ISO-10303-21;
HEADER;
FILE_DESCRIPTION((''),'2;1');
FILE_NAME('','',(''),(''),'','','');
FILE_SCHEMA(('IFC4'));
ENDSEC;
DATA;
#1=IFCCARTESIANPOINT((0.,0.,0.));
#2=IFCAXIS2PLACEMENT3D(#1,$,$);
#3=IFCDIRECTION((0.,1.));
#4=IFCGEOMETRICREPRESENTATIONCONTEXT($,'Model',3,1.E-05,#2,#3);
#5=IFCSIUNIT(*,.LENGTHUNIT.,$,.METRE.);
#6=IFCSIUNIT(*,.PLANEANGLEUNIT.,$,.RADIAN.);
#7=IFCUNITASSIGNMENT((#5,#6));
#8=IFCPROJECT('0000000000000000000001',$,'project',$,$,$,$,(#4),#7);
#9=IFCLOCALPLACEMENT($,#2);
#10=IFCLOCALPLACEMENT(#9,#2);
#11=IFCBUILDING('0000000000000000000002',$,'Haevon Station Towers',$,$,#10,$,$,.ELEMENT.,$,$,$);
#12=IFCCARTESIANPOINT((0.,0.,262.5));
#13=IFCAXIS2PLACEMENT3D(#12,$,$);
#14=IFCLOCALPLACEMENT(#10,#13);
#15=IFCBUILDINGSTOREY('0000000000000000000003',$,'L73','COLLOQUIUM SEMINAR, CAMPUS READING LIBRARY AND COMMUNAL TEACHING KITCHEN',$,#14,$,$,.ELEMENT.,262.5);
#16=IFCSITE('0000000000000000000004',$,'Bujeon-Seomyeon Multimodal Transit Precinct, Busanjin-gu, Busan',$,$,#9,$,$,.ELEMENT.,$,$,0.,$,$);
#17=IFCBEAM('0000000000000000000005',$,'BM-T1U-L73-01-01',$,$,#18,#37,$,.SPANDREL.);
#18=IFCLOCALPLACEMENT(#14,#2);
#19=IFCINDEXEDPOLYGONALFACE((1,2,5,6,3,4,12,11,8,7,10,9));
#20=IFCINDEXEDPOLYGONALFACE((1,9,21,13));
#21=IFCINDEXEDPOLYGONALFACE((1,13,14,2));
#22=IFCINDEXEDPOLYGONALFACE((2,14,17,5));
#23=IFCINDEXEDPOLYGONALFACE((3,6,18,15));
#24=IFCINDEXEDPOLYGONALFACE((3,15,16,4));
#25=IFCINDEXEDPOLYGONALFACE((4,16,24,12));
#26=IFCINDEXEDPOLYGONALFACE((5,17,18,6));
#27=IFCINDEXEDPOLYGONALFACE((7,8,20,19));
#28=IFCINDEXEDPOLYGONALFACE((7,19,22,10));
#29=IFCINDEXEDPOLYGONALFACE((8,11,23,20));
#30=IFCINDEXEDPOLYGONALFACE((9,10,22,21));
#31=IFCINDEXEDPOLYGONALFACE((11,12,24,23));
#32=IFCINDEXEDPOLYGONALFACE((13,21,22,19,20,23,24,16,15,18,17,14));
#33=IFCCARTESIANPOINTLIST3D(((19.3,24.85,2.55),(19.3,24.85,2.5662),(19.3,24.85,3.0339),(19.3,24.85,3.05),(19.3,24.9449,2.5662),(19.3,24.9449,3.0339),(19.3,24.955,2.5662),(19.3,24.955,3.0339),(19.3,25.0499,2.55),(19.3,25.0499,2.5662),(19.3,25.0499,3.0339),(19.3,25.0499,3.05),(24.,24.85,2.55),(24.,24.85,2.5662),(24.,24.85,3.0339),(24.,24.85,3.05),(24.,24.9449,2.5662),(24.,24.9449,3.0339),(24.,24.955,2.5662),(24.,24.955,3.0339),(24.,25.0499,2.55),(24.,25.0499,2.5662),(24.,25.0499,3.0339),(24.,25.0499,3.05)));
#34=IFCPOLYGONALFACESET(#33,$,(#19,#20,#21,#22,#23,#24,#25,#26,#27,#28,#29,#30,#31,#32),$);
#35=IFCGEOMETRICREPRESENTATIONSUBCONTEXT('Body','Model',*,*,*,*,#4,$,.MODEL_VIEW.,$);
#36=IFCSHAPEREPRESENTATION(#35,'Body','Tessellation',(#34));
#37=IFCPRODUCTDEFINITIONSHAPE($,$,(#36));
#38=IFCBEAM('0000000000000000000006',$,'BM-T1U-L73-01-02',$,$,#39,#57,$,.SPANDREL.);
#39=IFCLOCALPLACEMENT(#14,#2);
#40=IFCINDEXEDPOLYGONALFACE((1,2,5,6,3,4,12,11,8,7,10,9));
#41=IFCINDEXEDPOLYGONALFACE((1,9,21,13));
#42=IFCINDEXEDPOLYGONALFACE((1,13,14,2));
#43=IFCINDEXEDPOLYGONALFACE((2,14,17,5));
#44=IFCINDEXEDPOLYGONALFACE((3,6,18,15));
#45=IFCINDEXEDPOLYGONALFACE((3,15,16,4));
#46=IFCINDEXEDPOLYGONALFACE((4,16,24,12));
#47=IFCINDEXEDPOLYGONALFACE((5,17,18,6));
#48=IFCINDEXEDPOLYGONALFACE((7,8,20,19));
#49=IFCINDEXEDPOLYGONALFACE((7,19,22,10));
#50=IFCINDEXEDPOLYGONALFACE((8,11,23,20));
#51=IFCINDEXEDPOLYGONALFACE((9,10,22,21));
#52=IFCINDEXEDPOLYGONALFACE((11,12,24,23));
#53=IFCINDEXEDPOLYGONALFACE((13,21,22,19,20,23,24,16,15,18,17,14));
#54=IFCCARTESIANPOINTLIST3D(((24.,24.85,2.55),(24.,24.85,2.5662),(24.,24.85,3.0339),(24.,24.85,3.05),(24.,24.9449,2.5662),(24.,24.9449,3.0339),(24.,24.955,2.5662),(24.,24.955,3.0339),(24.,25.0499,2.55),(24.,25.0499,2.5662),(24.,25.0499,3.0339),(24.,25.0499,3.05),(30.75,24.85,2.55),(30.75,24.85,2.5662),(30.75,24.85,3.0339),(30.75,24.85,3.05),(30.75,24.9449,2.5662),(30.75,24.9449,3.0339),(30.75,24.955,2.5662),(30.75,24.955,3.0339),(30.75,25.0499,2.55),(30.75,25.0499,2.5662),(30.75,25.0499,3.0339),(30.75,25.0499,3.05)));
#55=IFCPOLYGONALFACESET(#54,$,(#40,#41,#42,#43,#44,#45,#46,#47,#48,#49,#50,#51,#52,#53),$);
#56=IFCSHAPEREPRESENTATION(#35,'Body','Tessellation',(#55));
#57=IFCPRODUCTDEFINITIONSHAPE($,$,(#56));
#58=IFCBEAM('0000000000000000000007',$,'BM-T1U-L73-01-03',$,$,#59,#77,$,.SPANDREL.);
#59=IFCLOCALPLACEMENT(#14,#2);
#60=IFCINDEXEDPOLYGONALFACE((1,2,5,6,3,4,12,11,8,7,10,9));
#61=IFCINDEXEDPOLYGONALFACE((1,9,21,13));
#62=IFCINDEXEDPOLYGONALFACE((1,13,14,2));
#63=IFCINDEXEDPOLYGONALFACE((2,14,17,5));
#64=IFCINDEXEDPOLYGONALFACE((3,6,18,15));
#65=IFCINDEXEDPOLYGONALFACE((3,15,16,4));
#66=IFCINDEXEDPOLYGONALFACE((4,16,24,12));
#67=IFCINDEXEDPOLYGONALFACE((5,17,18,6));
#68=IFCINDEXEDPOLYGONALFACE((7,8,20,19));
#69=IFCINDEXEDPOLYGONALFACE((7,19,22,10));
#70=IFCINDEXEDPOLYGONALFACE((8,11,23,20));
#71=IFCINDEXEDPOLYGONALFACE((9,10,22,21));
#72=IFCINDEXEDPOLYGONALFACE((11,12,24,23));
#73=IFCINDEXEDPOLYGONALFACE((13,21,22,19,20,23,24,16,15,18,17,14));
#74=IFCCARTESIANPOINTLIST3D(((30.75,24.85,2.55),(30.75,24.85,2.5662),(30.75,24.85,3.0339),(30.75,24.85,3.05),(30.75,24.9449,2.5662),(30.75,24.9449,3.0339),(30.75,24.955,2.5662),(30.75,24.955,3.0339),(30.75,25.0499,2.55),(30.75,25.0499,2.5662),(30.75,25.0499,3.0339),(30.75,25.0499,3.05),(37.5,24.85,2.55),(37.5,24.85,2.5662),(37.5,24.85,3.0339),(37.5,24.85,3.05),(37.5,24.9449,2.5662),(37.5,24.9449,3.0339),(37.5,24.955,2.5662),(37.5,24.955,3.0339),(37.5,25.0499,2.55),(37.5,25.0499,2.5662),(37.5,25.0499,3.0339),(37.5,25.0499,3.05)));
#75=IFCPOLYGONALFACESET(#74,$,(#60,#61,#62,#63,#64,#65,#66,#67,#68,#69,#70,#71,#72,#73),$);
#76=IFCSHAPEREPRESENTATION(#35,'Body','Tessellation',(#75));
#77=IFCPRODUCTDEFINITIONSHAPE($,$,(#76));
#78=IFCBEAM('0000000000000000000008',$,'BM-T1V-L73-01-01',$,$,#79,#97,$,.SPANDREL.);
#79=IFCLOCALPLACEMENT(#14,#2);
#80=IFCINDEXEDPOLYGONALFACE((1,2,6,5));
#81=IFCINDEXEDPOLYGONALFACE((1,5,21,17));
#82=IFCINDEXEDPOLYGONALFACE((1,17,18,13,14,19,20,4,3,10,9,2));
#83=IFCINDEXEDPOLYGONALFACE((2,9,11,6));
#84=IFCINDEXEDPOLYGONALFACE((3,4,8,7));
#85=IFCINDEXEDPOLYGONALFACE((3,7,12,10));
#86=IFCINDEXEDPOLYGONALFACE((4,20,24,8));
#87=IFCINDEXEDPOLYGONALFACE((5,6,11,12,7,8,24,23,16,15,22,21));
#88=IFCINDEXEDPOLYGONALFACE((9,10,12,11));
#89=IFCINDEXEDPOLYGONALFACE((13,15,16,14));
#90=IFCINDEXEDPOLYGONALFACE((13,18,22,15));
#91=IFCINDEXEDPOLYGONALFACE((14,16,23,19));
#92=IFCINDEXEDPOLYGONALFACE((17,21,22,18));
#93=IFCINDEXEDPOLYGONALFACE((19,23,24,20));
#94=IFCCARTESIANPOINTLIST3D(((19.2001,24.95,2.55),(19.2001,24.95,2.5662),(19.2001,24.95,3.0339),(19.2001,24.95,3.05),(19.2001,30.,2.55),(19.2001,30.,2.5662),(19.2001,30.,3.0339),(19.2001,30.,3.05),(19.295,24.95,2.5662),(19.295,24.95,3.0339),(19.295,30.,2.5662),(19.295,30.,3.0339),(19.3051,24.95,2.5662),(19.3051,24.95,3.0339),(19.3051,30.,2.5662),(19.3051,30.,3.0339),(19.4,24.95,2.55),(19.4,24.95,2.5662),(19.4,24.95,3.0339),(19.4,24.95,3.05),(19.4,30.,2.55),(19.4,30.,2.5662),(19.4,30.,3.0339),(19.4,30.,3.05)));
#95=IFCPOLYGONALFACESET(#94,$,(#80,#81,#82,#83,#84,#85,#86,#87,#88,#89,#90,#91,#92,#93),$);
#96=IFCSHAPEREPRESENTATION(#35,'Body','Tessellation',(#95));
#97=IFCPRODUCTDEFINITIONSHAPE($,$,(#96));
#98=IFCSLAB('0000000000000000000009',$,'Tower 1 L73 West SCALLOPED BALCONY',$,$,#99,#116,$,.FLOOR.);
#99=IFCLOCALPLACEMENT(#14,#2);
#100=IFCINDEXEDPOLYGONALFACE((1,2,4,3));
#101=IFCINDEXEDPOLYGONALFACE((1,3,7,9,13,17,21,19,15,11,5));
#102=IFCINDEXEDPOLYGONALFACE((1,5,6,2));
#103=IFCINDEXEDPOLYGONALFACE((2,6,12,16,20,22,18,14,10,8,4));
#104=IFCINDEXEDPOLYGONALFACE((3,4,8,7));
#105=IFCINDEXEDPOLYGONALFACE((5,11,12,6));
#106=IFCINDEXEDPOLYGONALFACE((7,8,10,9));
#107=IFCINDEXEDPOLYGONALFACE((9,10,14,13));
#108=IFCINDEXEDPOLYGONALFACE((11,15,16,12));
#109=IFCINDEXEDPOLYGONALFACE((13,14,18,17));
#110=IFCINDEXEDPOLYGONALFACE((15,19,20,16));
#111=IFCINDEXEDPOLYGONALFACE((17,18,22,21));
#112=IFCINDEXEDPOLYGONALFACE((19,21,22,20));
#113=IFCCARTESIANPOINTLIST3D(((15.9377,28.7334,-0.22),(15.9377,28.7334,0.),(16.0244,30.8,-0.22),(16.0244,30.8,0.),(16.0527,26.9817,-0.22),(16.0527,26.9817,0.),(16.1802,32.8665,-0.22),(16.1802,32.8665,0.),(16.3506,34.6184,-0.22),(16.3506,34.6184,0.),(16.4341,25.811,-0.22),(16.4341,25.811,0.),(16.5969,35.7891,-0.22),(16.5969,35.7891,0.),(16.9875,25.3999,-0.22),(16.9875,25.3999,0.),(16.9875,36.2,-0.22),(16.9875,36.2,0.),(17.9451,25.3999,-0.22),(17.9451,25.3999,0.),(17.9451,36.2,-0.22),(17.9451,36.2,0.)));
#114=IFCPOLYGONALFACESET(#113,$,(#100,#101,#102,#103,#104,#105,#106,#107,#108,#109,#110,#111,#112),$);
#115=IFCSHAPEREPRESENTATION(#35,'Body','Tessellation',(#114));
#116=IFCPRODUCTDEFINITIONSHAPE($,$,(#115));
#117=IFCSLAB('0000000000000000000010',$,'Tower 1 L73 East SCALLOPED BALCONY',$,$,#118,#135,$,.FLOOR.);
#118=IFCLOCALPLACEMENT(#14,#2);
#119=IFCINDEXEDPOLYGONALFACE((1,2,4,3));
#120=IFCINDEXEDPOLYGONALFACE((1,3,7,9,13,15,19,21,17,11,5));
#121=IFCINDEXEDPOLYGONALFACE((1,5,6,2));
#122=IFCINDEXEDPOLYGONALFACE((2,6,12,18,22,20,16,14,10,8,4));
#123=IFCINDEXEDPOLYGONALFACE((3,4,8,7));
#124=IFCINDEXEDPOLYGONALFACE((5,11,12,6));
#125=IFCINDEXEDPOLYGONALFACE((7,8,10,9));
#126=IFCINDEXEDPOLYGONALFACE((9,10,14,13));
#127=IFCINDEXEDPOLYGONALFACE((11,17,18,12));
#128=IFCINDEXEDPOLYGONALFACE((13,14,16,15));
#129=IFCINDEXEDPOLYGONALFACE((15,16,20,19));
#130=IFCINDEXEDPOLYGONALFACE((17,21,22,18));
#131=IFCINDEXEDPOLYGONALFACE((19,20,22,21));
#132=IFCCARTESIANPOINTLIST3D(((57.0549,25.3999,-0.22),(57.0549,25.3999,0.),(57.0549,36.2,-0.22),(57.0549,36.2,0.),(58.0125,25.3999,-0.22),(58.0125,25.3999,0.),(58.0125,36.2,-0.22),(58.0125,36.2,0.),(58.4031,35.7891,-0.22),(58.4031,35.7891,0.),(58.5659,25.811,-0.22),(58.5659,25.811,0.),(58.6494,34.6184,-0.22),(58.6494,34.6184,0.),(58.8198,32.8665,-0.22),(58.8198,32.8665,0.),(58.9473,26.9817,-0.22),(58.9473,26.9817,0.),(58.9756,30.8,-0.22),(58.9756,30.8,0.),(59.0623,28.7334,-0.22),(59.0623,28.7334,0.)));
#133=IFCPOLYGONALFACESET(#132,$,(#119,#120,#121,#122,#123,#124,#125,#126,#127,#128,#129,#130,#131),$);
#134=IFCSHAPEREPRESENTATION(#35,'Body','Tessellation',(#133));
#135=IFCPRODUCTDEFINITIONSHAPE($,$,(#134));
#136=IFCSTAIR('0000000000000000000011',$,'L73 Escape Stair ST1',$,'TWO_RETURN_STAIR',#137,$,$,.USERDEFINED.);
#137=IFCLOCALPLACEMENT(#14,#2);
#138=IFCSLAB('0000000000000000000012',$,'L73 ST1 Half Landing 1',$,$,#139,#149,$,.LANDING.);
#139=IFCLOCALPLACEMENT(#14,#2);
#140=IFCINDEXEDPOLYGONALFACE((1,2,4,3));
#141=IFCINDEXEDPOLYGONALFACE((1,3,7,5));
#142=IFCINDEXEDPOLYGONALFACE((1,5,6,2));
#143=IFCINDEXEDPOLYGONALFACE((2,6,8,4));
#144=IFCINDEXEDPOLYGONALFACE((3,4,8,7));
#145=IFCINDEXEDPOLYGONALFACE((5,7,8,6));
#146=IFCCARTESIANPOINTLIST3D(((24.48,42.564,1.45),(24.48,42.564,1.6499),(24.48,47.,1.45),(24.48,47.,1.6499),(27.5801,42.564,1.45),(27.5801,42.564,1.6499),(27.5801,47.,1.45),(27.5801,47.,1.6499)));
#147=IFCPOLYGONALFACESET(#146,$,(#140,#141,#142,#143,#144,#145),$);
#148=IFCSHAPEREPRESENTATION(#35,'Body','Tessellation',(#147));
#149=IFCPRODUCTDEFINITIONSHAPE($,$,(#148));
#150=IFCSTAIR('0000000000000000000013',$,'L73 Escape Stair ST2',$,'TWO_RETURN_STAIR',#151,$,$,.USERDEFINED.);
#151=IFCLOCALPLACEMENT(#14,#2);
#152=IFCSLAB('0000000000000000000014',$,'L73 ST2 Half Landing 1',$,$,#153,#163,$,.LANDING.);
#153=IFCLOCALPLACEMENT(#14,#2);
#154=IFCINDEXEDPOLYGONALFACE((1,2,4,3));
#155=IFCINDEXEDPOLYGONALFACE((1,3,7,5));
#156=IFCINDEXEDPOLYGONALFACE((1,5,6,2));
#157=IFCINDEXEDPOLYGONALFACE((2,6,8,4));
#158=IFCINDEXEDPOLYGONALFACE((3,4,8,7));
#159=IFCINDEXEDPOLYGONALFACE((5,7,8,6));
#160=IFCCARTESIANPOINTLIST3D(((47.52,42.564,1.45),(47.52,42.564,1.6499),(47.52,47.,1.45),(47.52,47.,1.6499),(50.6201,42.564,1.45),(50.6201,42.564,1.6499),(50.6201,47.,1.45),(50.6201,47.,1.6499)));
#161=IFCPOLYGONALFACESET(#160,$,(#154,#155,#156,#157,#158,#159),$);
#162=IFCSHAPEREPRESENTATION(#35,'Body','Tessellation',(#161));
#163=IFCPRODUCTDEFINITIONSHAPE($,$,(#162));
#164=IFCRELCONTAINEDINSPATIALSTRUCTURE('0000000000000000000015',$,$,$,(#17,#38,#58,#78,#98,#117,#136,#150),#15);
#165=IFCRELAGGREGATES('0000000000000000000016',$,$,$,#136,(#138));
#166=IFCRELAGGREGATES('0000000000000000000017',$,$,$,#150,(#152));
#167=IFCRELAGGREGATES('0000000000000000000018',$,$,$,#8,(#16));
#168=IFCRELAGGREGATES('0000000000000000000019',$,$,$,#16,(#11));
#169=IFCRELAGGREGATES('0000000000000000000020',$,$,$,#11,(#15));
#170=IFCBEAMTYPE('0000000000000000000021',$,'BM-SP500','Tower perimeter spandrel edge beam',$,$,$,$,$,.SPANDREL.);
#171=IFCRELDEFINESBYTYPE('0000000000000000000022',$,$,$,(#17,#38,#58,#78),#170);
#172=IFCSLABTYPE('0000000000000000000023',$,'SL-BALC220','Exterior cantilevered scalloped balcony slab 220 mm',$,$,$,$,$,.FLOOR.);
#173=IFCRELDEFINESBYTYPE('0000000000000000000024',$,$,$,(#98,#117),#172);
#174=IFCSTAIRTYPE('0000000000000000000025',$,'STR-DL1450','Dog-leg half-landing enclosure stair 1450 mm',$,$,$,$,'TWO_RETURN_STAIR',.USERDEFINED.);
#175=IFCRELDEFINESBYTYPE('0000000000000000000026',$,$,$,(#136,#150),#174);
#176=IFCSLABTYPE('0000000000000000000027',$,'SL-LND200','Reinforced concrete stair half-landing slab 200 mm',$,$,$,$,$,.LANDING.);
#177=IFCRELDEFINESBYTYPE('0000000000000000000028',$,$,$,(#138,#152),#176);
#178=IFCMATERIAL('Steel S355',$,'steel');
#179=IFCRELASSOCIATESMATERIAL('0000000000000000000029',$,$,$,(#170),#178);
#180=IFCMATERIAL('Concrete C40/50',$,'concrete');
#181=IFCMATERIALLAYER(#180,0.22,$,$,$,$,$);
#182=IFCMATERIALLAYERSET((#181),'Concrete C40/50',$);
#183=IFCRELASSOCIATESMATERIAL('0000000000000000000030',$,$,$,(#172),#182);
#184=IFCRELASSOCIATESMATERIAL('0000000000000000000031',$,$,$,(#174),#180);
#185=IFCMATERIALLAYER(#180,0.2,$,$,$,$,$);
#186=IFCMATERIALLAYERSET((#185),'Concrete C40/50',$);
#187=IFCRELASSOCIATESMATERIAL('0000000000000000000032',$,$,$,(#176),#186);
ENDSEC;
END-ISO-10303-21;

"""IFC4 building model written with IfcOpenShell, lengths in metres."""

from ifc_helpers import new_model, si_unit, direction, frame, origin, origin_2d, place, context, subcontext, project, spatial, polyline, i_section, outline, extrude, material, layer, layer_set, material_profile, profile_set, type_object, element, aggregate, save


model = new_model("IFC4")

# Units and contexts
model_context = context("Model", 3, precision=1e-05, world=origin(), true_north=direction((0.0, 1.0)))
body_context = subcontext(model_context, "Body", "Model", "MODEL_VIEW")
ifc_project = project(units=[si_unit("LENGTHUNIT", "METRE"), si_unit("PLANEANGLEUNIT", "RADIAN")], contexts=[model_context])

# Site, building, storey
site_placement = place(None, origin())
site = spatial("IfcSite", under=ifc_project, at=site_placement, Name="Bujeon-Seomyeon Multimodal Transit Precinct, Busanjin-gu, Busan", CompositionType="ELEMENT", RefElevation=0.0)
building_placement = place(site_placement, origin())
building = spatial("IfcBuilding", under=site, at=building_placement, Name="Haevon Station Towers", CompositionType="ELEMENT")
storey_placement = place(building_placement, frame((0.0, 0.0, 262.5)))
storey = spatial("IfcBuildingStorey", under=building, at=storey_placement, Name="L73", Description="COLLOQUIUM SEMINAR, CAMPUS READING LIBRARY AND COMMUNAL TEACHING KITCHEN", CompositionType="ELEMENT", Elevation=262.5)

# Shared definitions
ifc_material_1 = material(Name="Steel S355", Category="steel")

# Beams
ifc_material_profile_1 = material_profile(ifc_material_1, i_section(OverallWidth=0.2, OverallDepth=0.5, WebThickness=0.01, FlangeThickness=0.0161, at=origin_2d()), Name="H-500x200x10x16")
ifc_profile_set_1 = profile_set([ifc_material_profile_1], Name="Steel S355")
beam_type_1 = type_object("IfcBeamType", Name="BM-SP500", Description="Tower perimeter spandrel edge beam", PredefinedType="SPANDREL", material=ifc_profile_set_1)
beam_1_placement = place(storey_placement, frame((19.3, 24.95, 2.8), z_axis=(1.0, 0.0, 0.0), x_axis=(0.0, 1.0, 0.0)))
element("IfcBeam", 1, at=beam_1_placement, inside=storey, type_object=beam_type_1, Name="BM-T1U-L73-01-01", PredefinedType="SPANDREL", context=body_context, shape_type="SweptSolid", body=[
    extrude(i_section(OverallWidth=0.2, OverallDepth=0.5, WebThickness=0.01, FlangeThickness=0.0161, at=origin_2d()), origin(), (0.0, 0.0, 1.0), 4.7),
])
for number, where, z_axis, x_axis, name in (
    (2, (24.0, 24.95, 2.8), (1.0, 0.0, 0.0), (0.0, 1.0, 0.0), "BM-T1U-L73-01-02"),
    (3, (30.75, 24.95, 2.8), (1.0, 0.0, 0.0), (0.0, 1.0, 0.0), "BM-T1U-L73-01-03"),
):
    element("IfcBeam", number, at=place(storey_placement, frame(where, z_axis=z_axis, x_axis=x_axis)), inside=storey, type_object=beam_type_1, Name=name, PredefinedType="SPANDREL", context=body_context, shape_type="SweptSolid", body=[
        extrude(i_section(OverallWidth=0.2, OverallDepth=0.5, WebThickness=0.01, FlangeThickness=0.0161, at=origin_2d()), origin(), (0.0, 0.0, 1.0), 6.75),
    ])
beam_2_placement = place(storey_placement, frame((19.3, 24.95, 2.8), z_axis=(0.0, 1.0, 0.0), x_axis=(-1.0, 0.0, 0.0)))
element("IfcBeam", 4, at=beam_2_placement, inside=storey, type_object=beam_type_1, Name="BM-T1V-L73-01-01", PredefinedType="SPANDREL", context=body_context, shape_type="SweptSolid", body=[
    extrude(i_section(OverallWidth=0.2, OverallDepth=0.5, WebThickness=0.01, FlangeThickness=0.0161, at=origin_2d()), origin(), (0.0, 0.0, 1.0), 5.05),
])

# Slabs
ifc_material_2 = material(Name="Concrete C40/50", Category="concrete")
ifc_layer_1 = layer(ifc_material_2, 0.22)
ifc_layer_set_1 = layer_set([ifc_layer_1], Name="Concrete C40/50")
slab_type_1 = type_object("IfcSlabType", Name="SL-BALC220", Description="Exterior cantilevered scalloped balcony slab 220 mm", PredefinedType="FLOOR", material=ifc_layer_set_1)
slab_1_placement = place(storey_placement, frame((0.0, 0.0, -0.22)))
element("IfcSlab", 5, at=slab_1_placement, inside=storey, type_object=slab_type_1, Name="Tower 1 L73 West SCALLOPED BALCONY", PredefinedType="FLOOR", context=body_context, shape_type="SweptSolid", body=[
    extrude(outline(polyline([(17.9451, 36.2), (16.9875, 36.2), (16.5969, 35.7891), (16.3506, 34.6184), (16.1802, 32.8665), (16.0244, 30.8), (15.9377, 28.7334), (16.0527, 26.9817), (16.4341, 25.811), (16.9875, 25.3999), (17.9451, 25.3999), (17.9451, 36.2)])), origin(), (0.0, 0.0, 1.0), 0.22),
])
slab_2_placement = place(storey_placement, frame((0.0, 0.0, -0.22)))
element("IfcSlab", 6, at=slab_2_placement, inside=storey, type_object=slab_type_1, Name="Tower 1 L73 East SCALLOPED BALCONY", PredefinedType="FLOOR", context=body_context, shape_type="SweptSolid", body=[
    extrude(outline(polyline([(57.0549, 25.3999), (58.0125, 25.3999), (58.5659, 25.811), (58.9473, 26.9817), (59.0623, 28.7334), (58.9756, 30.8), (58.8198, 32.8665), (58.6494, 34.6184), (58.4031, 35.7891), (58.0125, 36.2), (57.0549, 36.2), (57.0549, 25.3999)])), origin(), (0.0, 0.0, 1.0), 0.22),
])

# Stairs, slabs
stair_type = type_object("IfcStairType", Name="STR-DL1450", Description="Dog-leg half-landing enclosure stair 1450 mm", ElementType="TWO_RETURN_STAIR", PredefinedType="USERDEFINED", material=ifc_material_2)
stair_1_placement = place(storey_placement, origin())
stair_1 = element("IfcStair", 7, at=stair_1_placement, inside=storey, type_object=stair_type, Name="L73 Escape Stair ST1", ObjectType="TWO_RETURN_STAIR", PredefinedType="USERDEFINED")
ifc_layer_2 = layer(ifc_material_2, 0.2)
ifc_layer_set_2 = layer_set([ifc_layer_2], Name="Concrete C40/50")
slab_type_2 = type_object("IfcSlabType", Name="SL-LND200", Description="Reinforced concrete stair half-landing slab 200 mm", PredefinedType="LANDING", material=ifc_layer_set_2)
slab_3_placement = place(storey_placement, frame((0.0, 0.0, 1.45)))
slab_3 = element("IfcSlab", 8, at=slab_3_placement, type_object=slab_type_2, Name="L73 ST1 Half Landing 1", PredefinedType="LANDING", context=body_context, shape_type="SweptSolid", body=[
    extrude(outline(polyline([(27.5801, 42.564), (27.5801, 47.0), (24.48, 47.0), (24.48, 42.564), (27.5801, 42.564)])), origin(), (0.0, 0.0, 1.0), 0.2),
])
aggregate(stair_1, [slab_3])
stair_2_placement = place(storey_placement, origin())
stair_2 = element("IfcStair", 9, at=stair_2_placement, inside=storey, type_object=stair_type, Name="L73 Escape Stair ST2", ObjectType="TWO_RETURN_STAIR", PredefinedType="USERDEFINED")
slab_4_placement = place(storey_placement, frame((0.0, 0.0, 1.45)))
slab_4 = element("IfcSlab", 10, at=slab_4_placement, type_object=slab_type_2, Name="L73 ST2 Half Landing 1", PredefinedType="LANDING", context=body_context, shape_type="SweptSolid", body=[
    extrude(outline(polyline([(50.6201, 42.564), (50.6201, 47.0), (47.52, 47.0), (47.52, 42.564), (50.6201, 42.564)])), origin(), (0.0, 0.0, 1.0), 0.2),
])
aggregate(stair_2, [slab_4])

save(model, "model.ifc")
